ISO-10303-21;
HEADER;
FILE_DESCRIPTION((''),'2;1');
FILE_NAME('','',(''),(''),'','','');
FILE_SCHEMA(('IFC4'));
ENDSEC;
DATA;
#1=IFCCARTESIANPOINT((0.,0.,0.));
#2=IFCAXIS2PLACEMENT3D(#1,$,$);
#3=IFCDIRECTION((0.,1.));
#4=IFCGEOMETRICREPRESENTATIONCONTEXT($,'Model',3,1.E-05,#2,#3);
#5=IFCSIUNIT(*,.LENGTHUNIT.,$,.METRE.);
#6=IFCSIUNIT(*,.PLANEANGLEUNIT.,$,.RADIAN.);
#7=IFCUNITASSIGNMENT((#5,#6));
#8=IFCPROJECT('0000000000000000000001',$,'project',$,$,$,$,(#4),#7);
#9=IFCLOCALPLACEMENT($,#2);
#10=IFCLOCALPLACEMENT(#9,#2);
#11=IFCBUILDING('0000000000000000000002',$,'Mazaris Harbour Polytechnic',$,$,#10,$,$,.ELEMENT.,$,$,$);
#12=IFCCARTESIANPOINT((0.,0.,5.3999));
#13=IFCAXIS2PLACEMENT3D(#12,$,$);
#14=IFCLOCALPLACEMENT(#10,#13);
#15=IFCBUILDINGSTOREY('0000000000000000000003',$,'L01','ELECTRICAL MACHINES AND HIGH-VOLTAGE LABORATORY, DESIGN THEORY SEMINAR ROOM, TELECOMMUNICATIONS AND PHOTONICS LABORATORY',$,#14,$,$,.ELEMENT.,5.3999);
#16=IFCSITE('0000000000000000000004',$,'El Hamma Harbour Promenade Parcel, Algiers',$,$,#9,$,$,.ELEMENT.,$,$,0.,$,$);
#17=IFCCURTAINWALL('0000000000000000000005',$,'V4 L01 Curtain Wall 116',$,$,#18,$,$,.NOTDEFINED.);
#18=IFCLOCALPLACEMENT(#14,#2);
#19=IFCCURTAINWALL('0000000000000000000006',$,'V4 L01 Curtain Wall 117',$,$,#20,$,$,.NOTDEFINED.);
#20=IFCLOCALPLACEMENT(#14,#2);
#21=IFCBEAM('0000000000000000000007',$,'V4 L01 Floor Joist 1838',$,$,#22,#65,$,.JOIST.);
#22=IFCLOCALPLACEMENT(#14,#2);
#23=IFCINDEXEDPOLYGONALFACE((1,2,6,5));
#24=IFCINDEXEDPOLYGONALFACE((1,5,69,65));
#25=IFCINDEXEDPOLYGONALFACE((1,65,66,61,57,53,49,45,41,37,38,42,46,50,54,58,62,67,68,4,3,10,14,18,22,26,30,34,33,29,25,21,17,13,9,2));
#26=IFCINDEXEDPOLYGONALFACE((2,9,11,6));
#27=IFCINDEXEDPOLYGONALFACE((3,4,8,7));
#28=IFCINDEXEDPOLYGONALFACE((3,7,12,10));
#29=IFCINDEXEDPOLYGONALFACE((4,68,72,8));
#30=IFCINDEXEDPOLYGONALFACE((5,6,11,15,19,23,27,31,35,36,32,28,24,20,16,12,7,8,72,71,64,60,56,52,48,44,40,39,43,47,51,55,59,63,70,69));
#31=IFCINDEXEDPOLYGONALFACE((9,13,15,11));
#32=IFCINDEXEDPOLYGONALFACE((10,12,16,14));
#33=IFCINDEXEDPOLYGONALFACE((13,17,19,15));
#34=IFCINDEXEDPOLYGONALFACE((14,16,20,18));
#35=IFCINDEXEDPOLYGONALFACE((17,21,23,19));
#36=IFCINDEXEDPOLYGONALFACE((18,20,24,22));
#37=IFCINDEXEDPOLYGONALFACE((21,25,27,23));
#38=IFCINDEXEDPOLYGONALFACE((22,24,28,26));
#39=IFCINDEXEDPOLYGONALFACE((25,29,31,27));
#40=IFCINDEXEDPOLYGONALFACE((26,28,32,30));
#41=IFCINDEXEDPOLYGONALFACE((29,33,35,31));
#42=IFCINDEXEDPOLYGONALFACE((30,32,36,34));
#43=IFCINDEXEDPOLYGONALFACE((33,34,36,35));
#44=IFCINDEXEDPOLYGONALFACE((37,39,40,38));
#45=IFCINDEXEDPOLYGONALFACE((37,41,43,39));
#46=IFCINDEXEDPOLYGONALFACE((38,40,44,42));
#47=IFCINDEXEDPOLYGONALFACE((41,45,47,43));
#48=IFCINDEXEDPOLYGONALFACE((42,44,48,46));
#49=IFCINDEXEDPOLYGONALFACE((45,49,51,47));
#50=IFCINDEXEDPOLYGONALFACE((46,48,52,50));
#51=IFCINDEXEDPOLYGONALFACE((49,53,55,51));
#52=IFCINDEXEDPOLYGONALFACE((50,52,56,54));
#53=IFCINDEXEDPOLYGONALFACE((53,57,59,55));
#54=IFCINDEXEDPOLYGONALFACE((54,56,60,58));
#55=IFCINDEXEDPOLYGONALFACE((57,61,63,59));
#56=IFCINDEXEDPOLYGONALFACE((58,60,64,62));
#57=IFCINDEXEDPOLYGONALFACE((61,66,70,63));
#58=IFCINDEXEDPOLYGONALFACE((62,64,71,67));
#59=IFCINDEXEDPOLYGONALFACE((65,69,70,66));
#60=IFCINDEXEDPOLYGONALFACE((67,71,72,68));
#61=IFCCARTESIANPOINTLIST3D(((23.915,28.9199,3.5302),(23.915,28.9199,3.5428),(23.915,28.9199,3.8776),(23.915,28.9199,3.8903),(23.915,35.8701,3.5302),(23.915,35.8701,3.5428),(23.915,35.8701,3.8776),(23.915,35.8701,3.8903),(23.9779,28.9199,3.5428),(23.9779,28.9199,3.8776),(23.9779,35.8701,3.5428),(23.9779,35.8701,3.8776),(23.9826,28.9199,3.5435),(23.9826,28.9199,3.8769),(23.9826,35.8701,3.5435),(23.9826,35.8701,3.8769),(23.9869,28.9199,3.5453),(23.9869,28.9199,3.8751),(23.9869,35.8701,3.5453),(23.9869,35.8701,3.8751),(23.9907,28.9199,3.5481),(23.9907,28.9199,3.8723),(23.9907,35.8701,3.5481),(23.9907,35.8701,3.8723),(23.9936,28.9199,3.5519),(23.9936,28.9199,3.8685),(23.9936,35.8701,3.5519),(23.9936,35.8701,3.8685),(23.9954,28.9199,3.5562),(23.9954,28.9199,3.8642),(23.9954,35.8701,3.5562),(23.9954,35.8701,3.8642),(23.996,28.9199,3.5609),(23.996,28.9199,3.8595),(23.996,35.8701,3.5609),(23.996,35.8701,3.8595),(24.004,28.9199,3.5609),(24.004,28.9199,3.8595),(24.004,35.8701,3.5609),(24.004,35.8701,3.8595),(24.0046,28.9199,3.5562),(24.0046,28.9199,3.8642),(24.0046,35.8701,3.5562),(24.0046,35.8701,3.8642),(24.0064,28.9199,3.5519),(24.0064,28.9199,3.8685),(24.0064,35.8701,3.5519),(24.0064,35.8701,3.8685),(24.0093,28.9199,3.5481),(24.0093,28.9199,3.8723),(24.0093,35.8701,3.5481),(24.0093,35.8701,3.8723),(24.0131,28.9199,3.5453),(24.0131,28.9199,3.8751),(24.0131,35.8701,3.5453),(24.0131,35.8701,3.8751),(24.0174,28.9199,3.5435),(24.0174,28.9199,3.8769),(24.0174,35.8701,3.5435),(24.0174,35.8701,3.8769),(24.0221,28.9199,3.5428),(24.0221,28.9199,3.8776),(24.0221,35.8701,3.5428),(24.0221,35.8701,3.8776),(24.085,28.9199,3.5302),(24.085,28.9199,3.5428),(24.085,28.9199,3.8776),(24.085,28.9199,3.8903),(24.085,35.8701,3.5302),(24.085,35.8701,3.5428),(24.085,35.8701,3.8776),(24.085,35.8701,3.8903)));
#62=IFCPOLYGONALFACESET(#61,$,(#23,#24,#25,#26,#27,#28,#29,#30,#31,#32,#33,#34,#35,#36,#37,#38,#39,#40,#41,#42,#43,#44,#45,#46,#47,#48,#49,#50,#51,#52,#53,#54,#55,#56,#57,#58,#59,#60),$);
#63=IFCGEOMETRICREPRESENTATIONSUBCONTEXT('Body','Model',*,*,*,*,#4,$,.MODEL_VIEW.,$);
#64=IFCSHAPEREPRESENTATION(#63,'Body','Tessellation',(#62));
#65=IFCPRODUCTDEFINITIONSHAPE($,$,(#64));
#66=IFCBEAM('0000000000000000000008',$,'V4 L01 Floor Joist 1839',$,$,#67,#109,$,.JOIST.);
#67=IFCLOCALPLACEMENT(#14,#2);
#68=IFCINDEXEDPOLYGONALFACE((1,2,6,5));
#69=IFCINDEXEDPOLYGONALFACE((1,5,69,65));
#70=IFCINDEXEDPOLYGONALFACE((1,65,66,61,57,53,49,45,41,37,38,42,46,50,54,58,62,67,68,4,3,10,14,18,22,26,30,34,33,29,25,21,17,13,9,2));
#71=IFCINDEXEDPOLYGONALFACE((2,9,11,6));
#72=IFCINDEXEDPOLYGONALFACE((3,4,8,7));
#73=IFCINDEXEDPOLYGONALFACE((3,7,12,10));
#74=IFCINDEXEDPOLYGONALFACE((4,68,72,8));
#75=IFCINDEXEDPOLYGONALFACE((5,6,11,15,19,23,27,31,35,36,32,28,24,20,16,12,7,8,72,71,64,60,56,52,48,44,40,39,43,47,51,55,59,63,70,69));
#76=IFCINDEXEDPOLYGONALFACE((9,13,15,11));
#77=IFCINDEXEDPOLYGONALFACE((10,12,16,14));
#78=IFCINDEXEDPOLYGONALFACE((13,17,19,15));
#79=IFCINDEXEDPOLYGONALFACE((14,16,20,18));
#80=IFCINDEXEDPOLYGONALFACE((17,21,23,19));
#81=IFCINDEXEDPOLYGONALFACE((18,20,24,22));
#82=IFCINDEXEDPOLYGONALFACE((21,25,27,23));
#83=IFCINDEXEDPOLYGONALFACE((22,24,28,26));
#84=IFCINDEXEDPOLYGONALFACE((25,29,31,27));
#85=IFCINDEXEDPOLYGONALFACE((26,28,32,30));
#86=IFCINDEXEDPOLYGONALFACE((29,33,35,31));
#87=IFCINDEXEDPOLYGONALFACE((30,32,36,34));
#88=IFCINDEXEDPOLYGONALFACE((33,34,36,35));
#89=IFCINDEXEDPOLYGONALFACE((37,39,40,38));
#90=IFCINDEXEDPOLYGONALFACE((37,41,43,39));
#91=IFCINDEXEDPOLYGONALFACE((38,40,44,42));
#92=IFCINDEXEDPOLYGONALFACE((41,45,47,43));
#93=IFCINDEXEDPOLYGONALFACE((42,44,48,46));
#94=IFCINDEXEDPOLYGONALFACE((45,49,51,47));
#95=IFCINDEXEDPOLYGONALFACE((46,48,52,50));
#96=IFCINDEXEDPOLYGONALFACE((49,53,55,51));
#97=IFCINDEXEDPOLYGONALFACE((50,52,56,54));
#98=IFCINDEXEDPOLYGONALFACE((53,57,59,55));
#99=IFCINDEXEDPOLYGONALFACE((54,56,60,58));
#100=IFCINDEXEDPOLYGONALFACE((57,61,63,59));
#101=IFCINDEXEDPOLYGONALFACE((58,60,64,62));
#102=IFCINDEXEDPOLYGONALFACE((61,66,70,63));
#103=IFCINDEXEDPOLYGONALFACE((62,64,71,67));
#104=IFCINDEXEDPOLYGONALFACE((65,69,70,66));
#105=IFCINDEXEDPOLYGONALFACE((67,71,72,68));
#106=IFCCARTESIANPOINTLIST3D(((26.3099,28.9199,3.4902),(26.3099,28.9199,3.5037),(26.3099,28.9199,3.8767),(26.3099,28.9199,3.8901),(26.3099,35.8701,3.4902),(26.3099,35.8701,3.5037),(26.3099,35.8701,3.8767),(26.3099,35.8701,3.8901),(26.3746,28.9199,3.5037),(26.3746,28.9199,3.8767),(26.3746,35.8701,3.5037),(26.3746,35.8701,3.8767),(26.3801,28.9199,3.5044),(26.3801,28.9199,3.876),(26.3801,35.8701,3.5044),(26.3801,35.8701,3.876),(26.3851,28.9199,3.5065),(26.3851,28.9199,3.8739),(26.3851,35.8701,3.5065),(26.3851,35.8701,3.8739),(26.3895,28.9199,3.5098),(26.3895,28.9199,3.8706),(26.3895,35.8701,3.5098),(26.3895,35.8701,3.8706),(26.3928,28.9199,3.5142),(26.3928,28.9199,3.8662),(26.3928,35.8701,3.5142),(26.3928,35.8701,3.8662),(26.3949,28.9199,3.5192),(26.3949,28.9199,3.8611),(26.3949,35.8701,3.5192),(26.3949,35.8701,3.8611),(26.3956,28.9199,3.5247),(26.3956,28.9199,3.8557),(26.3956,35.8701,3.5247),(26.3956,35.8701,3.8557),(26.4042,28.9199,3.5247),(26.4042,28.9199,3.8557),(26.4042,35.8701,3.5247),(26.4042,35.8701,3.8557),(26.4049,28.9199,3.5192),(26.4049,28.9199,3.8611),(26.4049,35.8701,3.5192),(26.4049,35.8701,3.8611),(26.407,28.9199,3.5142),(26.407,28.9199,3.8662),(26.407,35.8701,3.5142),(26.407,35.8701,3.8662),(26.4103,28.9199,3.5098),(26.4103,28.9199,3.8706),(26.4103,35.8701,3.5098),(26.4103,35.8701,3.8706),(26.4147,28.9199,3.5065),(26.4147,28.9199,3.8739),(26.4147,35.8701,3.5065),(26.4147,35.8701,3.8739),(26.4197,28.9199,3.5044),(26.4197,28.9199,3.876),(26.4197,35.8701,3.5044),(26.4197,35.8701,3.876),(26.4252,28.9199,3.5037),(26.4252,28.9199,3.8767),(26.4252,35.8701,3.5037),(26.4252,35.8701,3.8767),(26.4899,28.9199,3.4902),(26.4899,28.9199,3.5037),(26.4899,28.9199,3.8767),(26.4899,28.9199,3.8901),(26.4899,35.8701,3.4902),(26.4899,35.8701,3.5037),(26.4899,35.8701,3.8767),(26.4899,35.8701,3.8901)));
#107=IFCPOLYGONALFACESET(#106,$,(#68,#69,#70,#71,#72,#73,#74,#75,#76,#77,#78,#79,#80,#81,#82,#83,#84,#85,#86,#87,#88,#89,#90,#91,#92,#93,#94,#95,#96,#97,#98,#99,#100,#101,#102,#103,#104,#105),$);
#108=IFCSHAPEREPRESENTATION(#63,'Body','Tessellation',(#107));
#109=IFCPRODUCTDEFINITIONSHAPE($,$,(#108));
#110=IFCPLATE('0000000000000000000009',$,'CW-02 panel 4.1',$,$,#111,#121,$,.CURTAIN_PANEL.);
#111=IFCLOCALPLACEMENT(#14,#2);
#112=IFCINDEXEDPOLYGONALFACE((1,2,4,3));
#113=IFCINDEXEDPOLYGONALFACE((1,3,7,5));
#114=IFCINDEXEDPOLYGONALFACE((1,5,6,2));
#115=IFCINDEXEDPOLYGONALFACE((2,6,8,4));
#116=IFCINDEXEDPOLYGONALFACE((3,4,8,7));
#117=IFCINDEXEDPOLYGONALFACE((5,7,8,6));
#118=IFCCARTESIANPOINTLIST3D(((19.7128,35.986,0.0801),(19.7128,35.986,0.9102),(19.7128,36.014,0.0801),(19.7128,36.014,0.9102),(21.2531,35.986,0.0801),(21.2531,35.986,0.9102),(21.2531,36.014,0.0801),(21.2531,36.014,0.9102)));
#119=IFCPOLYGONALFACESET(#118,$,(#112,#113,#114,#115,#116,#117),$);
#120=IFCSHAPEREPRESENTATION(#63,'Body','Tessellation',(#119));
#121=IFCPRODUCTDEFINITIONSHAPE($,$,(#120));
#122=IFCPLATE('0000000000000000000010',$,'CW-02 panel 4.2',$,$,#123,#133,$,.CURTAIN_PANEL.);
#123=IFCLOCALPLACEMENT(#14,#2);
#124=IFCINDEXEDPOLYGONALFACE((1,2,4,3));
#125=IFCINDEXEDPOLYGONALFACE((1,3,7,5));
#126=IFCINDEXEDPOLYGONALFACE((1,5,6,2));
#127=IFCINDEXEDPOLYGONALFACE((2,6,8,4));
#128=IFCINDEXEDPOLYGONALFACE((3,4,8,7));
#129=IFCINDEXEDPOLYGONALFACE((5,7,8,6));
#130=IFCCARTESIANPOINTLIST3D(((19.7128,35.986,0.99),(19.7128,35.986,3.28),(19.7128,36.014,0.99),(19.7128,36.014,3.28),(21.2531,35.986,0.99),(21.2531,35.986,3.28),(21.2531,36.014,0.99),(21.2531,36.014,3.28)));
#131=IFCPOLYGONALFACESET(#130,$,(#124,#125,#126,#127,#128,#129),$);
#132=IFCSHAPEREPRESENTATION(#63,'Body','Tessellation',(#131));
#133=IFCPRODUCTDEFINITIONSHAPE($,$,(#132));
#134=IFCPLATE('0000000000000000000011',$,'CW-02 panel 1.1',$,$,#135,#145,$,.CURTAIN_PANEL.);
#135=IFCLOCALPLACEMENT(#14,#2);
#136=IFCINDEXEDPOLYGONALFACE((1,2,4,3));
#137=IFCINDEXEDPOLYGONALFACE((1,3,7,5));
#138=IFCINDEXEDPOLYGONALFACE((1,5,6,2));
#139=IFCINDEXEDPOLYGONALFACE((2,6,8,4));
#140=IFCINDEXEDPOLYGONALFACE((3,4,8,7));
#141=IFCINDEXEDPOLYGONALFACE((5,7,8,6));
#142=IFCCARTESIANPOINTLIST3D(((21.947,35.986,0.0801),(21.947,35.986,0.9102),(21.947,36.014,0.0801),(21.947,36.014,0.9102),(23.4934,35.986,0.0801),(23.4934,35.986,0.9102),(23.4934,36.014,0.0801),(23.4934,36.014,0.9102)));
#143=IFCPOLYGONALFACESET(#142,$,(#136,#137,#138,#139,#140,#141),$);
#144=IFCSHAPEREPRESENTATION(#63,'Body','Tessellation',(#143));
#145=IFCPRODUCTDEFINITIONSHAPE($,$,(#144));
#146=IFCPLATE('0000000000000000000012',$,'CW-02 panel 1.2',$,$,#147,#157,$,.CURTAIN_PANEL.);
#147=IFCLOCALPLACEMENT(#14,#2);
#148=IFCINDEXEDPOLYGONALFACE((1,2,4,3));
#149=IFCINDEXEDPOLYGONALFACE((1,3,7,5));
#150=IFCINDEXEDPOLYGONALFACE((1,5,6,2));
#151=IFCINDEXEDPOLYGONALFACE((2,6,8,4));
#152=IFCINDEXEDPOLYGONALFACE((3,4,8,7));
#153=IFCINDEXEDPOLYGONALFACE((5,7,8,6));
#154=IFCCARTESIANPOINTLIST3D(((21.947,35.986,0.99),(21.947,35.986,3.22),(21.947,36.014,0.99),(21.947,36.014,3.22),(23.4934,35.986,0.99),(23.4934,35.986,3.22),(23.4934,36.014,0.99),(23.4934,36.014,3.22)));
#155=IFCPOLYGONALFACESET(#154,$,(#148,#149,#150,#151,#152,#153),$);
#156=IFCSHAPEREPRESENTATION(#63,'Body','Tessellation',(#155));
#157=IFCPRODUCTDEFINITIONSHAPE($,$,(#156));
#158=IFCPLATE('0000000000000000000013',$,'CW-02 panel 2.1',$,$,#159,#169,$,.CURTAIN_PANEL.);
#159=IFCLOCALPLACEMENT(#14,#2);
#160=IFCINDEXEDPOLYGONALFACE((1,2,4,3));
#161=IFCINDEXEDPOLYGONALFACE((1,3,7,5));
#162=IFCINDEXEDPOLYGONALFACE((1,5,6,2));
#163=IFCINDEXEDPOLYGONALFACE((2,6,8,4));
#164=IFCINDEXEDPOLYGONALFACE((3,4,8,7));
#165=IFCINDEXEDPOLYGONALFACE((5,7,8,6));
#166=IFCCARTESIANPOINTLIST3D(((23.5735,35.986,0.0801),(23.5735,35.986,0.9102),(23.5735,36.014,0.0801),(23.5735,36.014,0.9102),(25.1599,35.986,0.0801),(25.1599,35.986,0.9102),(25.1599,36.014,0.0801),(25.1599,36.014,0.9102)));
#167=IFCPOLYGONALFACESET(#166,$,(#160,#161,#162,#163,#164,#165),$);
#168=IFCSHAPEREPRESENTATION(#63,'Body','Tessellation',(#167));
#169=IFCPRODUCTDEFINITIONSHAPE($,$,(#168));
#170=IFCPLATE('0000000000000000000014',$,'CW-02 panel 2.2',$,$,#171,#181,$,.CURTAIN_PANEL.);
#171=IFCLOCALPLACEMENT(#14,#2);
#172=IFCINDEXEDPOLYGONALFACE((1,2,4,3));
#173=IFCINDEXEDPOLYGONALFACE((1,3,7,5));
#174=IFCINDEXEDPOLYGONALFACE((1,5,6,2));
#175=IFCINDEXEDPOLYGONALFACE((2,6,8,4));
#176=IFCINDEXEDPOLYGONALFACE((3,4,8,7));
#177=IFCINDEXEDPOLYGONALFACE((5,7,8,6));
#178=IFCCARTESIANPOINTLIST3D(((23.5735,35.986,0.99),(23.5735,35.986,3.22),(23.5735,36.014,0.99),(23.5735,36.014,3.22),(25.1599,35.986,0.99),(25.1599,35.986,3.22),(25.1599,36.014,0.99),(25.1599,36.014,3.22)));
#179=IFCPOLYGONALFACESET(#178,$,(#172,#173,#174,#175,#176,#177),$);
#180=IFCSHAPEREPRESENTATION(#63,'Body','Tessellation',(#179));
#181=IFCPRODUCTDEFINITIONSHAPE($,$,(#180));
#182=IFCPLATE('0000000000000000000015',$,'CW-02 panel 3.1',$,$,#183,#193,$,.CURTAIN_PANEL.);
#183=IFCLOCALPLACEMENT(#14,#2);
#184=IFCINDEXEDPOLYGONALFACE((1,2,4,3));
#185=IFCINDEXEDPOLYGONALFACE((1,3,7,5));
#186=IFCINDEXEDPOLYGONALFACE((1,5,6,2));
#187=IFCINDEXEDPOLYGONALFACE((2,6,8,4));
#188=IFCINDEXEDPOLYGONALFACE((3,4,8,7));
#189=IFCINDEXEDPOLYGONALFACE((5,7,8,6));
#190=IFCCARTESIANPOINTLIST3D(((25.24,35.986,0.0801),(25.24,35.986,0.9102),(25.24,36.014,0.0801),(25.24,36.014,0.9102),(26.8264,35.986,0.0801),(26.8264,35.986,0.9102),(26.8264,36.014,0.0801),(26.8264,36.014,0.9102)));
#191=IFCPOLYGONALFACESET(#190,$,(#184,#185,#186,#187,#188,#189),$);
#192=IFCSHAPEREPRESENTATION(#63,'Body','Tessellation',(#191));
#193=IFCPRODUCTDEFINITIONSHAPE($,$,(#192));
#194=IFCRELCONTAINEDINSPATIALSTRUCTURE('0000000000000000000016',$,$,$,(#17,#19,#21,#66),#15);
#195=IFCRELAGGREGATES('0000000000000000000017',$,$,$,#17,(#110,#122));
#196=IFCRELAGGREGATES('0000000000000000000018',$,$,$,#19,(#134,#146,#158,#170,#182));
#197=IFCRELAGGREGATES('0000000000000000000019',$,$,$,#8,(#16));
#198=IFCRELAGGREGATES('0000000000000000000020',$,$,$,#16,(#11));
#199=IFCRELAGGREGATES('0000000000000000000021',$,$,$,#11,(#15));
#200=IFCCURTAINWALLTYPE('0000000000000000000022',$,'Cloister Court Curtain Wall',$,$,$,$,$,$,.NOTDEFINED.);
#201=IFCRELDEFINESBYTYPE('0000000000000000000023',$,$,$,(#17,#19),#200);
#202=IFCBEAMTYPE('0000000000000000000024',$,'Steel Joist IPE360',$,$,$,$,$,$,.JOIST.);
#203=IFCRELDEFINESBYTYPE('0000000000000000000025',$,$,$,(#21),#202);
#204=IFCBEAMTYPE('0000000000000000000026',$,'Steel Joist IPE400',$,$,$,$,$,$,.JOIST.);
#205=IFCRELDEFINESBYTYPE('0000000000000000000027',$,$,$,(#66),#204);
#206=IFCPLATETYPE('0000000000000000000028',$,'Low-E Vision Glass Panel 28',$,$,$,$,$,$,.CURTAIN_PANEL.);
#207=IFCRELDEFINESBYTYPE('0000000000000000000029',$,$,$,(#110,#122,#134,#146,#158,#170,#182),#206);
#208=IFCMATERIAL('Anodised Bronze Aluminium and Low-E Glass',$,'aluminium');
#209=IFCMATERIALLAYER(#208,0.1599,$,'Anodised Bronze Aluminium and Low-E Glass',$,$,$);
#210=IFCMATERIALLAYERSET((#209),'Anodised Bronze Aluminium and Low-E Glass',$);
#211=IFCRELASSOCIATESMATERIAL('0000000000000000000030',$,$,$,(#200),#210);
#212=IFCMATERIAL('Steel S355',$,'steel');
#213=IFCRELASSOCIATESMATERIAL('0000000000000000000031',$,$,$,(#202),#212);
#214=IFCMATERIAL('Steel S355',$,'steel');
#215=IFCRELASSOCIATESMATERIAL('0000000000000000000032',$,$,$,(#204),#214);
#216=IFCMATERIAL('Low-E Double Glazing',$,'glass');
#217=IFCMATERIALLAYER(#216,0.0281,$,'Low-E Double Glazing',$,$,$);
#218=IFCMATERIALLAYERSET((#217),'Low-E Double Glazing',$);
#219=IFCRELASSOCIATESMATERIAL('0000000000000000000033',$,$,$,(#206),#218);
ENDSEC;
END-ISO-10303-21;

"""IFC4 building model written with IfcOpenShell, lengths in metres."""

from ifc_helpers import new_model, si_unit, direction, frame, origin, origin_2d, place, context, subcontext, project, spatial, rectangle, i_section, extrude, material, layer, layer_set, material_profile, profile_set, type_object, element, aggregate, save


model = new_model("IFC4")

# Units and contexts
model_context = context("Model", 3, precision=1e-05, world=origin(), true_north=direction((0.0, 1.0)))
body_context = subcontext(model_context, "Body", "Model", "MODEL_VIEW")
ifc_project = project(units=[si_unit("LENGTHUNIT", "METRE"), si_unit("PLANEANGLEUNIT", "RADIAN")], contexts=[model_context])

# Site, building, storey
site_placement = place(None, origin())
site = spatial("IfcSite", under=ifc_project, at=site_placement, Name="El Hamma Harbour Promenade Parcel, Algiers", CompositionType="ELEMENT", RefElevation=0.0)
building_placement = place(site_placement, origin())
building = spatial("IfcBuilding", under=site, at=building_placement, Name="Mazaris Harbour Polytechnic", CompositionType="ELEMENT")
storey_placement = place(building_placement, frame((0.0, 0.0, 5.3999)))
storey = spatial("IfcBuildingStorey", under=building, at=storey_placement, Name="L01", Description="ELECTRICAL MACHINES AND HIGH-VOLTAGE LABORATORY, DESIGN THEORY SEMINAR ROOM, TELECOMMUNICATIONS AND PHOTONICS LABORATORY", CompositionType="ELEMENT", Elevation=5.3999)

# Curtain wall
ifc_material_1 = material(Name="Anodised Bronze Aluminium and Low-E Glass", Category="aluminium")
ifc_layer_1 = layer(ifc_material_1, 0.1599, Name="Anodised Bronze Aluminium and Low-E Glass")
ifc_layer_set_1 = layer_set([ifc_layer_1], Name="Anodised Bronze Aluminium and Low-E Glass")
curtain_wall_type = type_object("IfcCurtainWallType", Name="Cloister Court Curtain Wall", PredefinedType="NOTDEFINED", material=ifc_layer_set_1)
curtain_wall_1_placement = place(storey_placement, origin())
curtain_wall_1 = element("IfcCurtainWall", 1, at=curtain_wall_1_placement, inside=storey, type_object=curtain_wall_type, Name="V4 L01 Curtain Wall 116", PredefinedType="NOTDEFINED")

# Curtain wall
curtain_wall_2_placement = place(storey_placement, origin())
curtain_wall_2 = element("IfcCurtainWall", 2, at=curtain_wall_2_placement, inside=storey, type_object=curtain_wall_type, Name="V4 L01 Curtain Wall 117", PredefinedType="NOTDEFINED")

# Beams
ifc_material_2 = material(Name="Steel S355", Category="steel")
ifc_material_profile_1 = material_profile(ifc_material_2, i_section(OverallWidth=0.1699, OverallDepth=0.3601, WebThickness=0.0081, FlangeThickness=0.0127, FilletRadius=0.0181, at=origin_2d()), Name="IPE 360")
ifc_profile_set_1 = profile_set([ifc_material_profile_1], Name="Steel S355")
beam_type_1 = type_object("IfcBeamType", Name="Steel Joist IPE360", PredefinedType="JOIST", material=ifc_profile_set_1)
beam_1_placement = place(storey_placement, frame((24.0, 28.9199, 3.7102), z_axis=(0.0, 1.0, 0.0), x_axis=(-1.0, 0.0, 0.0)))
element("IfcBeam", 3, at=beam_1_placement, inside=storey, type_object=beam_type_1, Name="V4 L01 Floor Joist 1838", PredefinedType="JOIST", context=body_context, shape_type="SweptSolid", body=[
    extrude(i_section(OverallWidth=0.1699, OverallDepth=0.3601, WebThickness=0.0081, FlangeThickness=0.0127, FilletRadius=0.0181, at=origin_2d()), origin(), (0.0, 0.0, 1.0), 6.9502),
])
ifc_material_3 = material(Name="Steel S355", Category="steel")
ifc_material_profile_2 = material_profile(ifc_material_3, i_section(OverallWidth=0.1799, OverallDepth=0.3999, WebThickness=0.0085, FlangeThickness=0.0134, FilletRadius=0.021, at=origin_2d()), Name="IPE 400")
ifc_profile_set_2 = profile_set([ifc_material_profile_2], Name="Steel S355")
beam_type_2 = type_object("IfcBeamType", Name="Steel Joist IPE400", PredefinedType="JOIST", material=ifc_profile_set_2)
beam_2_placement = place(storey_placement, frame((26.3999, 28.9199, 3.6902), z_axis=(0.0, 1.0, 0.0), x_axis=(-1.0, 0.0, 0.0)))
element("IfcBeam", 4, at=beam_2_placement, inside=storey, type_object=beam_type_2, Name="V4 L01 Floor Joist 1839", PredefinedType="JOIST", context=body_context, shape_type="SweptSolid", body=[
    extrude(i_section(OverallWidth=0.1799, OverallDepth=0.3999, WebThickness=0.0085, FlangeThickness=0.0134, FilletRadius=0.021, at=origin_2d()), origin(), (0.0, 0.0, 1.0), 6.9502),
])

# Plates
ifc_material_4 = material(Name="Low-E Double Glazing", Category="glass")
ifc_layer_2 = layer(ifc_material_4, 0.0281, Name="Low-E Double Glazing")
ifc_layer_set_2 = layer_set([ifc_layer_2], Name="Low-E Double Glazing")
plate_type = type_object("IfcPlateType", Name="Low-E Vision Glass Panel 28", PredefinedType="CURTAIN_PANEL", material=ifc_layer_set_2)
plate_1_placement = place(storey_placement, frame((20.4829, 36.0, 0.0801), z_axis=(0.0, 0.0, 1.0), x_axis=(1.0, 0.0, 0.0)))
plate_1 = element("IfcPlate", 5, at=plate_1_placement, type_object=plate_type, Name="CW-02 panel 4.1", PredefinedType="CURTAIN_PANEL", context=body_context, shape_type="SweptSolid", body=[
    extrude(rectangle(XDim=1.5403, YDim=0.0281, at=origin_2d()), origin(), (0.0, 0.0, 1.0), 0.8301),
])
plate_2_placement = place(storey_placement, frame((20.4829, 36.0, 0.99), z_axis=(0.0, 0.0, 1.0), x_axis=(1.0, 0.0, 0.0)))
plate_2 = element("IfcPlate", 6, at=plate_2_placement, type_object=plate_type, Name="CW-02 panel 4.2", PredefinedType="CURTAIN_PANEL", context=body_context, shape_type="SweptSolid", body=[
    extrude(rectangle(XDim=1.5403, YDim=0.0281, at=origin_2d()), origin(), (0.0, 0.0, 1.0), 2.29),
])
aggregate(curtain_wall_1, [plate_1, plate_2])
plate_3_placement = place(storey_placement, frame((22.7202, 36.0, 0.0801), z_axis=(0.0, 0.0, 1.0), x_axis=(1.0, 0.0, 0.0)))
plate_3 = element("IfcPlate", 7, at=plate_3_placement, type_object=plate_type, Name="CW-02 panel 1.1", PredefinedType="CURTAIN_PANEL", context=body_context, shape_type="SweptSolid", body=[
    extrude(rectangle(XDim=1.5464, YDim=0.0281, at=origin_2d()), origin(), (0.0, 0.0, 1.0), 0.8301),
])
plate_4_placement = place(storey_placement, frame((22.7202, 36.0, 0.99), z_axis=(0.0, 0.0, 1.0), x_axis=(1.0, 0.0, 0.0)))
plate_4 = element("IfcPlate", 8, at=plate_4_placement, type_object=plate_type, Name="CW-02 panel 1.2", PredefinedType="CURTAIN_PANEL", context=body_context, shape_type="SweptSolid", body=[
    extrude(rectangle(XDim=1.5464, YDim=0.0281, at=origin_2d()), origin(), (0.0, 0.0, 1.0), 2.23),
])
plate_5_placement = place(storey_placement, frame((24.3667, 36.0, 0.0801), z_axis=(0.0, 0.0, 1.0), x_axis=(1.0, 0.0, 0.0)))
plate_5 = element("IfcPlate", 9, at=plate_5_placement, type_object=plate_type, Name="CW-02 panel 2.1", PredefinedType="CURTAIN_PANEL", context=body_context, shape_type="SweptSolid", body=[
    extrude(rectangle(XDim=1.5864, YDim=0.0281, at=origin_2d()), origin(), (0.0, 0.0, 1.0), 0.8301),
])
plate_6_placement = place(storey_placement, frame((24.3667, 36.0, 0.99), z_axis=(0.0, 0.0, 1.0), x_axis=(1.0, 0.0, 0.0)))
plate_6 = element("IfcPlate", 10, at=plate_6_placement, type_object=plate_type, Name="CW-02 panel 2.2", PredefinedType="CURTAIN_PANEL", context=body_context, shape_type="SweptSolid", body=[
    extrude(rectangle(XDim=1.5864, YDim=0.0281, at=origin_2d()), origin(), (0.0, 0.0, 1.0), 2.23),
])
plate_7_placement = place(storey_placement, frame((26.0332, 36.0, 0.0801), z_axis=(0.0, 0.0, 1.0), x_axis=(1.0, 0.0, 0.0)))
plate_7 = element("IfcPlate", 11, at=plate_7_placement, type_object=plate_type, Name="CW-02 panel 3.1", PredefinedType="CURTAIN_PANEL", context=body_context, shape_type="SweptSolid", body=[
    extrude(rectangle(XDim=1.5864, YDim=0.0281, at=origin_2d()), origin(), (0.0, 0.0, 1.0), 0.8301),
])
aggregate(curtain_wall_2, [plate_3, plate_4, plate_5, plate_6, plate_7])

save(model, "model.ifc")
